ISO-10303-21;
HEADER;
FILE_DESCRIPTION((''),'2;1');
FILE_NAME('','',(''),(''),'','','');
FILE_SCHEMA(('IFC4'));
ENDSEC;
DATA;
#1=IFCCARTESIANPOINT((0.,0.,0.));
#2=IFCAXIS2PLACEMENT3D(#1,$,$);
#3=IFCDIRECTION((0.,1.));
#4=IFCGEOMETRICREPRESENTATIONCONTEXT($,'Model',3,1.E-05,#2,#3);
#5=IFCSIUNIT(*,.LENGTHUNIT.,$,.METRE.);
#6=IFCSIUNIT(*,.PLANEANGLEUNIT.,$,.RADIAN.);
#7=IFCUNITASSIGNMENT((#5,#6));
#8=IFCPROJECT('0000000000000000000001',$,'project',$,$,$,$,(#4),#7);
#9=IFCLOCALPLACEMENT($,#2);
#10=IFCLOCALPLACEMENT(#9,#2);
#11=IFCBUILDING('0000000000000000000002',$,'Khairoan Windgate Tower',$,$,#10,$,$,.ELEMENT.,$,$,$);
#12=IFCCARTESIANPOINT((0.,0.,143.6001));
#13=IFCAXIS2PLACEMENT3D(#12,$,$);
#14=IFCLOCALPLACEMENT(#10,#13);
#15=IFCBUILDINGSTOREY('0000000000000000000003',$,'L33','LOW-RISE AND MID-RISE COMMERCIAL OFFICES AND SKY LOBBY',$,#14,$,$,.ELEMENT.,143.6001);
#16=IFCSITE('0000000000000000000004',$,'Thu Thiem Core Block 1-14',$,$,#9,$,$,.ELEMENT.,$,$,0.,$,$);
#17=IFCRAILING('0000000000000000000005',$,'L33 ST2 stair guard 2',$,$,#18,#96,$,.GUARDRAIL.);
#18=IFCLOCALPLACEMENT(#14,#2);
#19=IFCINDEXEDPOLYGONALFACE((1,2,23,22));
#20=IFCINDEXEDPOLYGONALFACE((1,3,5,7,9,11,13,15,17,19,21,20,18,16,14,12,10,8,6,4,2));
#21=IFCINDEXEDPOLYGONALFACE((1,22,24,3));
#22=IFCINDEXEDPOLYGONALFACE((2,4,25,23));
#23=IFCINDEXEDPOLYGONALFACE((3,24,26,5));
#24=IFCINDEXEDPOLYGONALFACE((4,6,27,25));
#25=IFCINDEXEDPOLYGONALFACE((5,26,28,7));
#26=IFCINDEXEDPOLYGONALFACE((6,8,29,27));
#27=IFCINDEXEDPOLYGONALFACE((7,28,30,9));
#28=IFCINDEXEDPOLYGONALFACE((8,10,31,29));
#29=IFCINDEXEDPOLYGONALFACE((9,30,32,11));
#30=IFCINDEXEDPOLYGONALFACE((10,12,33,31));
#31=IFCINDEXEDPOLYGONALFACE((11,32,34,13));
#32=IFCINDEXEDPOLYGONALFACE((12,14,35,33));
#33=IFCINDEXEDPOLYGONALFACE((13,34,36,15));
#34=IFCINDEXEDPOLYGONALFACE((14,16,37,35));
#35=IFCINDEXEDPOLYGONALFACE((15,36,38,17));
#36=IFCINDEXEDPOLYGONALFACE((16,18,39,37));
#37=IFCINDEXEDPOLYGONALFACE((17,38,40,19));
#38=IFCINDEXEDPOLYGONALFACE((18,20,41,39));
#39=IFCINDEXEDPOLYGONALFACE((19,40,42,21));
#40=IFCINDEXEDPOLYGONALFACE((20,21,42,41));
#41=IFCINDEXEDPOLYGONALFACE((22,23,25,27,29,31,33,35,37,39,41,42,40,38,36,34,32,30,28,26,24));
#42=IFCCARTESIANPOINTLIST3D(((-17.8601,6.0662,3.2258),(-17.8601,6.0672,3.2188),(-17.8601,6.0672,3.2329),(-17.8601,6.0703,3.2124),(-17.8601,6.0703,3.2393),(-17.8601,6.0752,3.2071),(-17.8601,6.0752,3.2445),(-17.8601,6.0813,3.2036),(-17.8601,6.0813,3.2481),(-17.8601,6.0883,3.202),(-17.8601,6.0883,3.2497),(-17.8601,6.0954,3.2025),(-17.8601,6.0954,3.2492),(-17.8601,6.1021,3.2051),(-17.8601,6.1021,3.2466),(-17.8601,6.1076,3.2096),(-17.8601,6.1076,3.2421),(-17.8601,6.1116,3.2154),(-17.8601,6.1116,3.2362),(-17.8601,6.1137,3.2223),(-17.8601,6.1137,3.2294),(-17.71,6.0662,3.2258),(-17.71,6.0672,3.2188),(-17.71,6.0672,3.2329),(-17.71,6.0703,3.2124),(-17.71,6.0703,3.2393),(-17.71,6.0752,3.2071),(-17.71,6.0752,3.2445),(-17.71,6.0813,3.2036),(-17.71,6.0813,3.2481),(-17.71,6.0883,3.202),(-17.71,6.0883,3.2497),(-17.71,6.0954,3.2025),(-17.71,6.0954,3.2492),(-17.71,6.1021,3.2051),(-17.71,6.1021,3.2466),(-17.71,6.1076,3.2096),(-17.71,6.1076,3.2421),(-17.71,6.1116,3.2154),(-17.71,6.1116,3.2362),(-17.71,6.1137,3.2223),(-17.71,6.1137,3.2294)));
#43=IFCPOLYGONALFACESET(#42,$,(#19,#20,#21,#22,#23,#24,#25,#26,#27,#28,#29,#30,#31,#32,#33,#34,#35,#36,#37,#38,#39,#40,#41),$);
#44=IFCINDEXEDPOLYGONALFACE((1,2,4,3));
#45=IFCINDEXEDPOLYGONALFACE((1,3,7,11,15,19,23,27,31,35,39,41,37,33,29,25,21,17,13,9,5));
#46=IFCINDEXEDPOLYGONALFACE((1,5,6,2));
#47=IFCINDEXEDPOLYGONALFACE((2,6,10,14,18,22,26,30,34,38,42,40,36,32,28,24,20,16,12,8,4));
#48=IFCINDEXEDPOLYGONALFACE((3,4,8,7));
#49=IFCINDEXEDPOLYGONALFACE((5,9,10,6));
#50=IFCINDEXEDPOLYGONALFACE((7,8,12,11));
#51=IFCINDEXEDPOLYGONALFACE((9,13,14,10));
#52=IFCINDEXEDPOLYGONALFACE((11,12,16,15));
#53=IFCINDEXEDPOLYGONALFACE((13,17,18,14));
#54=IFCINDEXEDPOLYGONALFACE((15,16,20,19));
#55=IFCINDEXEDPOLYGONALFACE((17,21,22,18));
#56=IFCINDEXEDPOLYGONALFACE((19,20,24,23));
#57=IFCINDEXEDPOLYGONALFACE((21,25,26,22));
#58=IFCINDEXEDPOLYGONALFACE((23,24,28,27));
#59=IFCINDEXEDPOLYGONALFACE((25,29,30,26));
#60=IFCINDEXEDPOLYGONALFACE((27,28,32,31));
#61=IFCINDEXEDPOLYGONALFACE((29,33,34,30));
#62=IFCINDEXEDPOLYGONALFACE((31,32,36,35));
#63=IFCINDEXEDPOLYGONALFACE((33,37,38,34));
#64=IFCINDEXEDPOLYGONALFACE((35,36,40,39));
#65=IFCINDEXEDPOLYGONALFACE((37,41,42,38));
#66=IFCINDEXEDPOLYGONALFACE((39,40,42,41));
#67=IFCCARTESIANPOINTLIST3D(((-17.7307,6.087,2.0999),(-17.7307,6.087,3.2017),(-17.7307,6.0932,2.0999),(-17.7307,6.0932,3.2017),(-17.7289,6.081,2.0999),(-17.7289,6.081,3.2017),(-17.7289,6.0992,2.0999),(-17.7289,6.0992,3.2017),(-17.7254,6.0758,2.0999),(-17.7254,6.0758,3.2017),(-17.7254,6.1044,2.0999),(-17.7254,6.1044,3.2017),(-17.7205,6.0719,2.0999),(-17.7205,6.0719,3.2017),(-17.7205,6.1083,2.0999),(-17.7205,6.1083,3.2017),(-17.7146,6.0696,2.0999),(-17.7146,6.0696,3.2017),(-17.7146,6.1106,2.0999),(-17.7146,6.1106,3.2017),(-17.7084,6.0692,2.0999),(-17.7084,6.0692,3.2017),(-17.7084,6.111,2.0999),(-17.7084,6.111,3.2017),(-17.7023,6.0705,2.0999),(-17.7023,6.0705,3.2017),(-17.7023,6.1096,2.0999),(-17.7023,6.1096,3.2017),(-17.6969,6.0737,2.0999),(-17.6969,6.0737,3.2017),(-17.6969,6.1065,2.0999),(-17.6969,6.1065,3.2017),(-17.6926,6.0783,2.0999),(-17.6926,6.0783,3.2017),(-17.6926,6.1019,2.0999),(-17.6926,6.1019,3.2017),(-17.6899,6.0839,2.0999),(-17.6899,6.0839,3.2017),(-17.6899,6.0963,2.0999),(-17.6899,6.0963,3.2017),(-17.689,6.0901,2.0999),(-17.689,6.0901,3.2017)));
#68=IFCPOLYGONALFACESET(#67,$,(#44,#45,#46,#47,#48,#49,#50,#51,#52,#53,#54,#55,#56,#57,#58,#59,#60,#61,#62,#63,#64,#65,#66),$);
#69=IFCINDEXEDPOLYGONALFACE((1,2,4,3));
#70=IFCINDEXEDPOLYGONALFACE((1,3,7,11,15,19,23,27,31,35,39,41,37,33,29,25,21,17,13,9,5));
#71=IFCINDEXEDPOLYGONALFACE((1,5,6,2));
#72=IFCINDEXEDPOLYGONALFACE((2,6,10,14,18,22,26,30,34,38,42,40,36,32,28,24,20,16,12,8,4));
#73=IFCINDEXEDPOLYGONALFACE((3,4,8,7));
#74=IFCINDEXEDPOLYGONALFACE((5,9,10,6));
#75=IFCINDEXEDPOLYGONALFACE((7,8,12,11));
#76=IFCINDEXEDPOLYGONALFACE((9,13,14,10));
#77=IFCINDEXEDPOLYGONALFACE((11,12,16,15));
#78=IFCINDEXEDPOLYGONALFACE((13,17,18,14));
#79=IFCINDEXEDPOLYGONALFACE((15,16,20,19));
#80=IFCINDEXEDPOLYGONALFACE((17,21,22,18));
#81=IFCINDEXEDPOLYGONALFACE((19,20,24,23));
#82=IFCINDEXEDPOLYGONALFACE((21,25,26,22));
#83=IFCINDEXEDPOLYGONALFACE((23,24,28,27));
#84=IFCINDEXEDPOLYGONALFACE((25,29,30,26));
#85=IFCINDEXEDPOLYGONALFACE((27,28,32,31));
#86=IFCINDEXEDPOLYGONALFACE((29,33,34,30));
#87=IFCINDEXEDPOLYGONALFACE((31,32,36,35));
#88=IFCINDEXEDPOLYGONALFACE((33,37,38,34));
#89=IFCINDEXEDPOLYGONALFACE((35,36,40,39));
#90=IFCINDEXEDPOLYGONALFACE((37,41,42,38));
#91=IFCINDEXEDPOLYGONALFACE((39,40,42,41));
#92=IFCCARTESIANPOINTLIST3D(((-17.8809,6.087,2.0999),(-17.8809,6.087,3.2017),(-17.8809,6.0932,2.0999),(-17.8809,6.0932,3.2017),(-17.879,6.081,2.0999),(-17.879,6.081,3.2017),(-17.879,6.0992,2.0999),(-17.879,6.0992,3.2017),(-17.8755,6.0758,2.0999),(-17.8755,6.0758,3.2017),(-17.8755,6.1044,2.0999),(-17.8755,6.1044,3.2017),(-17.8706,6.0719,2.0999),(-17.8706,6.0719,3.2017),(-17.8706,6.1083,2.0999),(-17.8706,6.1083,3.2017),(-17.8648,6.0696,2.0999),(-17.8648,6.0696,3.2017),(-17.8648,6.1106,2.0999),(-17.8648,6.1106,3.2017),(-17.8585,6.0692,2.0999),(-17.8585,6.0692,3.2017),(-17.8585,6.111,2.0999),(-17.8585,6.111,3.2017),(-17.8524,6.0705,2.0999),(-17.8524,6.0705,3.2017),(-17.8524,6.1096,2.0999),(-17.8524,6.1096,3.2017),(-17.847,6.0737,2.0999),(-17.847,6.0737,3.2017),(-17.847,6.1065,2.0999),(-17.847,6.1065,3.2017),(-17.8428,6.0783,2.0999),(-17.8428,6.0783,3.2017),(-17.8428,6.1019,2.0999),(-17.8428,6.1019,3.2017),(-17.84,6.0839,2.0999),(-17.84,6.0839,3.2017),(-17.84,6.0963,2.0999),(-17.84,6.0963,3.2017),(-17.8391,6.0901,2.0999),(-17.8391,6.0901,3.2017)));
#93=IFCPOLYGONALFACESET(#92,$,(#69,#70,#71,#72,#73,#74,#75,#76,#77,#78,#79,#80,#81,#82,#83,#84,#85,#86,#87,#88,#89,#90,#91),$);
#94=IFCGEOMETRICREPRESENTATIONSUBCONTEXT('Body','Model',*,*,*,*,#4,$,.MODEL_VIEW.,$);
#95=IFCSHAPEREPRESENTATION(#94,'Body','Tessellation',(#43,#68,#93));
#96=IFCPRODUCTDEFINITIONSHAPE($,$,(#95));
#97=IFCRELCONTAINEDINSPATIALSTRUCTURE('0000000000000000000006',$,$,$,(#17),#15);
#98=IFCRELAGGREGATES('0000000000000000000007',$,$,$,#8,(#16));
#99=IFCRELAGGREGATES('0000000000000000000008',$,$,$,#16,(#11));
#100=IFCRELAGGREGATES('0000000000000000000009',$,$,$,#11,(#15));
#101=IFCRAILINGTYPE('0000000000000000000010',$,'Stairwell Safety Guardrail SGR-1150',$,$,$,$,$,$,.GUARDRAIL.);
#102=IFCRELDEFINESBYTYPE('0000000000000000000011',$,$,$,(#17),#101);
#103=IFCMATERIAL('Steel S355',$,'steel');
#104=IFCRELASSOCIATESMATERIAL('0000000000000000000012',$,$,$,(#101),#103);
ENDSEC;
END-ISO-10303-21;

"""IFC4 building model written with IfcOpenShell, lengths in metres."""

from ifc_helpers import new_model, si_unit, direction, frame, origin, origin_2d, place, context, subcontext, project, spatial, circle, extrude, material, type_object, element, save


model = new_model("IFC4")

# Units and contexts
model_context = context("Model", 3, precision=1e-05, world=origin(), true_north=direction((0.0, 1.0)))
body_context = subcontext(model_context, "Body", "Model", "MODEL_VIEW")
ifc_project = project(units=[si_unit("LENGTHUNIT", "METRE"), si_unit("PLANEANGLEUNIT", "RADIAN")], contexts=[model_context])

# Site, building, storey
site_placement = place(None, origin())
site = spatial("IfcSite", under=ifc_project, at=site_placement, Name="Thu Thiem Core Block 1-14", CompositionType="ELEMENT", RefElevation=0.0)
building_placement = place(site_placement, origin())
building = spatial("IfcBuilding", under=site, at=building_placement, Name="Khairoan Windgate Tower", CompositionType="ELEMENT")
storey_placement = place(building_placement, frame((0.0, 0.0, 143.6001)))
storey = spatial("IfcBuildingStorey", under=building, at=storey_placement, Name="L33", Description="LOW-RISE AND MID-RISE COMMERCIAL OFFICES AND SKY LOBBY", CompositionType="ELEMENT", Elevation=143.6001)

# Railing
ifc_material_1 = material(Name="Steel S355", Category="steel")
railing_type_1 = type_object("IfcRailingType", Name="Stairwell Safety Guardrail SGR-1150", PredefinedType="GUARDRAIL", material=ifc_material_1)
railing_1_placement = place(storey_placement, frame((-17.71, 6.0901, 2.0999)))
element("IfcRailing", 1, at=railing_1_placement, inside=storey, type_object=railing_type_1, Name="L33 ST2 stair guard 2", PredefinedType="GUARDRAIL", context=body_context, shape_type="SweptSolid", body=[
    extrude(circle(Radius=0.0239, at=origin_2d()), frame((0.0, 0.0, 1.126), z_axis=(-1.0, 0.0, 0.0), x_axis=(0.0, -1.0, 0.0)), (0.0, 0.0, 1.0), 0.1501),
    extrude(circle(Radius=0.021, at=origin_2d()), origin(), (0.0, 0.0, 1.0), 1.1018),
    extrude(circle(Radius=0.021, at=origin_2d()), frame((-0.1501, 0.0, 0.0)), (0.0, 0.0, 1.0), 1.1018),
])

save(model, "model.ifc")
